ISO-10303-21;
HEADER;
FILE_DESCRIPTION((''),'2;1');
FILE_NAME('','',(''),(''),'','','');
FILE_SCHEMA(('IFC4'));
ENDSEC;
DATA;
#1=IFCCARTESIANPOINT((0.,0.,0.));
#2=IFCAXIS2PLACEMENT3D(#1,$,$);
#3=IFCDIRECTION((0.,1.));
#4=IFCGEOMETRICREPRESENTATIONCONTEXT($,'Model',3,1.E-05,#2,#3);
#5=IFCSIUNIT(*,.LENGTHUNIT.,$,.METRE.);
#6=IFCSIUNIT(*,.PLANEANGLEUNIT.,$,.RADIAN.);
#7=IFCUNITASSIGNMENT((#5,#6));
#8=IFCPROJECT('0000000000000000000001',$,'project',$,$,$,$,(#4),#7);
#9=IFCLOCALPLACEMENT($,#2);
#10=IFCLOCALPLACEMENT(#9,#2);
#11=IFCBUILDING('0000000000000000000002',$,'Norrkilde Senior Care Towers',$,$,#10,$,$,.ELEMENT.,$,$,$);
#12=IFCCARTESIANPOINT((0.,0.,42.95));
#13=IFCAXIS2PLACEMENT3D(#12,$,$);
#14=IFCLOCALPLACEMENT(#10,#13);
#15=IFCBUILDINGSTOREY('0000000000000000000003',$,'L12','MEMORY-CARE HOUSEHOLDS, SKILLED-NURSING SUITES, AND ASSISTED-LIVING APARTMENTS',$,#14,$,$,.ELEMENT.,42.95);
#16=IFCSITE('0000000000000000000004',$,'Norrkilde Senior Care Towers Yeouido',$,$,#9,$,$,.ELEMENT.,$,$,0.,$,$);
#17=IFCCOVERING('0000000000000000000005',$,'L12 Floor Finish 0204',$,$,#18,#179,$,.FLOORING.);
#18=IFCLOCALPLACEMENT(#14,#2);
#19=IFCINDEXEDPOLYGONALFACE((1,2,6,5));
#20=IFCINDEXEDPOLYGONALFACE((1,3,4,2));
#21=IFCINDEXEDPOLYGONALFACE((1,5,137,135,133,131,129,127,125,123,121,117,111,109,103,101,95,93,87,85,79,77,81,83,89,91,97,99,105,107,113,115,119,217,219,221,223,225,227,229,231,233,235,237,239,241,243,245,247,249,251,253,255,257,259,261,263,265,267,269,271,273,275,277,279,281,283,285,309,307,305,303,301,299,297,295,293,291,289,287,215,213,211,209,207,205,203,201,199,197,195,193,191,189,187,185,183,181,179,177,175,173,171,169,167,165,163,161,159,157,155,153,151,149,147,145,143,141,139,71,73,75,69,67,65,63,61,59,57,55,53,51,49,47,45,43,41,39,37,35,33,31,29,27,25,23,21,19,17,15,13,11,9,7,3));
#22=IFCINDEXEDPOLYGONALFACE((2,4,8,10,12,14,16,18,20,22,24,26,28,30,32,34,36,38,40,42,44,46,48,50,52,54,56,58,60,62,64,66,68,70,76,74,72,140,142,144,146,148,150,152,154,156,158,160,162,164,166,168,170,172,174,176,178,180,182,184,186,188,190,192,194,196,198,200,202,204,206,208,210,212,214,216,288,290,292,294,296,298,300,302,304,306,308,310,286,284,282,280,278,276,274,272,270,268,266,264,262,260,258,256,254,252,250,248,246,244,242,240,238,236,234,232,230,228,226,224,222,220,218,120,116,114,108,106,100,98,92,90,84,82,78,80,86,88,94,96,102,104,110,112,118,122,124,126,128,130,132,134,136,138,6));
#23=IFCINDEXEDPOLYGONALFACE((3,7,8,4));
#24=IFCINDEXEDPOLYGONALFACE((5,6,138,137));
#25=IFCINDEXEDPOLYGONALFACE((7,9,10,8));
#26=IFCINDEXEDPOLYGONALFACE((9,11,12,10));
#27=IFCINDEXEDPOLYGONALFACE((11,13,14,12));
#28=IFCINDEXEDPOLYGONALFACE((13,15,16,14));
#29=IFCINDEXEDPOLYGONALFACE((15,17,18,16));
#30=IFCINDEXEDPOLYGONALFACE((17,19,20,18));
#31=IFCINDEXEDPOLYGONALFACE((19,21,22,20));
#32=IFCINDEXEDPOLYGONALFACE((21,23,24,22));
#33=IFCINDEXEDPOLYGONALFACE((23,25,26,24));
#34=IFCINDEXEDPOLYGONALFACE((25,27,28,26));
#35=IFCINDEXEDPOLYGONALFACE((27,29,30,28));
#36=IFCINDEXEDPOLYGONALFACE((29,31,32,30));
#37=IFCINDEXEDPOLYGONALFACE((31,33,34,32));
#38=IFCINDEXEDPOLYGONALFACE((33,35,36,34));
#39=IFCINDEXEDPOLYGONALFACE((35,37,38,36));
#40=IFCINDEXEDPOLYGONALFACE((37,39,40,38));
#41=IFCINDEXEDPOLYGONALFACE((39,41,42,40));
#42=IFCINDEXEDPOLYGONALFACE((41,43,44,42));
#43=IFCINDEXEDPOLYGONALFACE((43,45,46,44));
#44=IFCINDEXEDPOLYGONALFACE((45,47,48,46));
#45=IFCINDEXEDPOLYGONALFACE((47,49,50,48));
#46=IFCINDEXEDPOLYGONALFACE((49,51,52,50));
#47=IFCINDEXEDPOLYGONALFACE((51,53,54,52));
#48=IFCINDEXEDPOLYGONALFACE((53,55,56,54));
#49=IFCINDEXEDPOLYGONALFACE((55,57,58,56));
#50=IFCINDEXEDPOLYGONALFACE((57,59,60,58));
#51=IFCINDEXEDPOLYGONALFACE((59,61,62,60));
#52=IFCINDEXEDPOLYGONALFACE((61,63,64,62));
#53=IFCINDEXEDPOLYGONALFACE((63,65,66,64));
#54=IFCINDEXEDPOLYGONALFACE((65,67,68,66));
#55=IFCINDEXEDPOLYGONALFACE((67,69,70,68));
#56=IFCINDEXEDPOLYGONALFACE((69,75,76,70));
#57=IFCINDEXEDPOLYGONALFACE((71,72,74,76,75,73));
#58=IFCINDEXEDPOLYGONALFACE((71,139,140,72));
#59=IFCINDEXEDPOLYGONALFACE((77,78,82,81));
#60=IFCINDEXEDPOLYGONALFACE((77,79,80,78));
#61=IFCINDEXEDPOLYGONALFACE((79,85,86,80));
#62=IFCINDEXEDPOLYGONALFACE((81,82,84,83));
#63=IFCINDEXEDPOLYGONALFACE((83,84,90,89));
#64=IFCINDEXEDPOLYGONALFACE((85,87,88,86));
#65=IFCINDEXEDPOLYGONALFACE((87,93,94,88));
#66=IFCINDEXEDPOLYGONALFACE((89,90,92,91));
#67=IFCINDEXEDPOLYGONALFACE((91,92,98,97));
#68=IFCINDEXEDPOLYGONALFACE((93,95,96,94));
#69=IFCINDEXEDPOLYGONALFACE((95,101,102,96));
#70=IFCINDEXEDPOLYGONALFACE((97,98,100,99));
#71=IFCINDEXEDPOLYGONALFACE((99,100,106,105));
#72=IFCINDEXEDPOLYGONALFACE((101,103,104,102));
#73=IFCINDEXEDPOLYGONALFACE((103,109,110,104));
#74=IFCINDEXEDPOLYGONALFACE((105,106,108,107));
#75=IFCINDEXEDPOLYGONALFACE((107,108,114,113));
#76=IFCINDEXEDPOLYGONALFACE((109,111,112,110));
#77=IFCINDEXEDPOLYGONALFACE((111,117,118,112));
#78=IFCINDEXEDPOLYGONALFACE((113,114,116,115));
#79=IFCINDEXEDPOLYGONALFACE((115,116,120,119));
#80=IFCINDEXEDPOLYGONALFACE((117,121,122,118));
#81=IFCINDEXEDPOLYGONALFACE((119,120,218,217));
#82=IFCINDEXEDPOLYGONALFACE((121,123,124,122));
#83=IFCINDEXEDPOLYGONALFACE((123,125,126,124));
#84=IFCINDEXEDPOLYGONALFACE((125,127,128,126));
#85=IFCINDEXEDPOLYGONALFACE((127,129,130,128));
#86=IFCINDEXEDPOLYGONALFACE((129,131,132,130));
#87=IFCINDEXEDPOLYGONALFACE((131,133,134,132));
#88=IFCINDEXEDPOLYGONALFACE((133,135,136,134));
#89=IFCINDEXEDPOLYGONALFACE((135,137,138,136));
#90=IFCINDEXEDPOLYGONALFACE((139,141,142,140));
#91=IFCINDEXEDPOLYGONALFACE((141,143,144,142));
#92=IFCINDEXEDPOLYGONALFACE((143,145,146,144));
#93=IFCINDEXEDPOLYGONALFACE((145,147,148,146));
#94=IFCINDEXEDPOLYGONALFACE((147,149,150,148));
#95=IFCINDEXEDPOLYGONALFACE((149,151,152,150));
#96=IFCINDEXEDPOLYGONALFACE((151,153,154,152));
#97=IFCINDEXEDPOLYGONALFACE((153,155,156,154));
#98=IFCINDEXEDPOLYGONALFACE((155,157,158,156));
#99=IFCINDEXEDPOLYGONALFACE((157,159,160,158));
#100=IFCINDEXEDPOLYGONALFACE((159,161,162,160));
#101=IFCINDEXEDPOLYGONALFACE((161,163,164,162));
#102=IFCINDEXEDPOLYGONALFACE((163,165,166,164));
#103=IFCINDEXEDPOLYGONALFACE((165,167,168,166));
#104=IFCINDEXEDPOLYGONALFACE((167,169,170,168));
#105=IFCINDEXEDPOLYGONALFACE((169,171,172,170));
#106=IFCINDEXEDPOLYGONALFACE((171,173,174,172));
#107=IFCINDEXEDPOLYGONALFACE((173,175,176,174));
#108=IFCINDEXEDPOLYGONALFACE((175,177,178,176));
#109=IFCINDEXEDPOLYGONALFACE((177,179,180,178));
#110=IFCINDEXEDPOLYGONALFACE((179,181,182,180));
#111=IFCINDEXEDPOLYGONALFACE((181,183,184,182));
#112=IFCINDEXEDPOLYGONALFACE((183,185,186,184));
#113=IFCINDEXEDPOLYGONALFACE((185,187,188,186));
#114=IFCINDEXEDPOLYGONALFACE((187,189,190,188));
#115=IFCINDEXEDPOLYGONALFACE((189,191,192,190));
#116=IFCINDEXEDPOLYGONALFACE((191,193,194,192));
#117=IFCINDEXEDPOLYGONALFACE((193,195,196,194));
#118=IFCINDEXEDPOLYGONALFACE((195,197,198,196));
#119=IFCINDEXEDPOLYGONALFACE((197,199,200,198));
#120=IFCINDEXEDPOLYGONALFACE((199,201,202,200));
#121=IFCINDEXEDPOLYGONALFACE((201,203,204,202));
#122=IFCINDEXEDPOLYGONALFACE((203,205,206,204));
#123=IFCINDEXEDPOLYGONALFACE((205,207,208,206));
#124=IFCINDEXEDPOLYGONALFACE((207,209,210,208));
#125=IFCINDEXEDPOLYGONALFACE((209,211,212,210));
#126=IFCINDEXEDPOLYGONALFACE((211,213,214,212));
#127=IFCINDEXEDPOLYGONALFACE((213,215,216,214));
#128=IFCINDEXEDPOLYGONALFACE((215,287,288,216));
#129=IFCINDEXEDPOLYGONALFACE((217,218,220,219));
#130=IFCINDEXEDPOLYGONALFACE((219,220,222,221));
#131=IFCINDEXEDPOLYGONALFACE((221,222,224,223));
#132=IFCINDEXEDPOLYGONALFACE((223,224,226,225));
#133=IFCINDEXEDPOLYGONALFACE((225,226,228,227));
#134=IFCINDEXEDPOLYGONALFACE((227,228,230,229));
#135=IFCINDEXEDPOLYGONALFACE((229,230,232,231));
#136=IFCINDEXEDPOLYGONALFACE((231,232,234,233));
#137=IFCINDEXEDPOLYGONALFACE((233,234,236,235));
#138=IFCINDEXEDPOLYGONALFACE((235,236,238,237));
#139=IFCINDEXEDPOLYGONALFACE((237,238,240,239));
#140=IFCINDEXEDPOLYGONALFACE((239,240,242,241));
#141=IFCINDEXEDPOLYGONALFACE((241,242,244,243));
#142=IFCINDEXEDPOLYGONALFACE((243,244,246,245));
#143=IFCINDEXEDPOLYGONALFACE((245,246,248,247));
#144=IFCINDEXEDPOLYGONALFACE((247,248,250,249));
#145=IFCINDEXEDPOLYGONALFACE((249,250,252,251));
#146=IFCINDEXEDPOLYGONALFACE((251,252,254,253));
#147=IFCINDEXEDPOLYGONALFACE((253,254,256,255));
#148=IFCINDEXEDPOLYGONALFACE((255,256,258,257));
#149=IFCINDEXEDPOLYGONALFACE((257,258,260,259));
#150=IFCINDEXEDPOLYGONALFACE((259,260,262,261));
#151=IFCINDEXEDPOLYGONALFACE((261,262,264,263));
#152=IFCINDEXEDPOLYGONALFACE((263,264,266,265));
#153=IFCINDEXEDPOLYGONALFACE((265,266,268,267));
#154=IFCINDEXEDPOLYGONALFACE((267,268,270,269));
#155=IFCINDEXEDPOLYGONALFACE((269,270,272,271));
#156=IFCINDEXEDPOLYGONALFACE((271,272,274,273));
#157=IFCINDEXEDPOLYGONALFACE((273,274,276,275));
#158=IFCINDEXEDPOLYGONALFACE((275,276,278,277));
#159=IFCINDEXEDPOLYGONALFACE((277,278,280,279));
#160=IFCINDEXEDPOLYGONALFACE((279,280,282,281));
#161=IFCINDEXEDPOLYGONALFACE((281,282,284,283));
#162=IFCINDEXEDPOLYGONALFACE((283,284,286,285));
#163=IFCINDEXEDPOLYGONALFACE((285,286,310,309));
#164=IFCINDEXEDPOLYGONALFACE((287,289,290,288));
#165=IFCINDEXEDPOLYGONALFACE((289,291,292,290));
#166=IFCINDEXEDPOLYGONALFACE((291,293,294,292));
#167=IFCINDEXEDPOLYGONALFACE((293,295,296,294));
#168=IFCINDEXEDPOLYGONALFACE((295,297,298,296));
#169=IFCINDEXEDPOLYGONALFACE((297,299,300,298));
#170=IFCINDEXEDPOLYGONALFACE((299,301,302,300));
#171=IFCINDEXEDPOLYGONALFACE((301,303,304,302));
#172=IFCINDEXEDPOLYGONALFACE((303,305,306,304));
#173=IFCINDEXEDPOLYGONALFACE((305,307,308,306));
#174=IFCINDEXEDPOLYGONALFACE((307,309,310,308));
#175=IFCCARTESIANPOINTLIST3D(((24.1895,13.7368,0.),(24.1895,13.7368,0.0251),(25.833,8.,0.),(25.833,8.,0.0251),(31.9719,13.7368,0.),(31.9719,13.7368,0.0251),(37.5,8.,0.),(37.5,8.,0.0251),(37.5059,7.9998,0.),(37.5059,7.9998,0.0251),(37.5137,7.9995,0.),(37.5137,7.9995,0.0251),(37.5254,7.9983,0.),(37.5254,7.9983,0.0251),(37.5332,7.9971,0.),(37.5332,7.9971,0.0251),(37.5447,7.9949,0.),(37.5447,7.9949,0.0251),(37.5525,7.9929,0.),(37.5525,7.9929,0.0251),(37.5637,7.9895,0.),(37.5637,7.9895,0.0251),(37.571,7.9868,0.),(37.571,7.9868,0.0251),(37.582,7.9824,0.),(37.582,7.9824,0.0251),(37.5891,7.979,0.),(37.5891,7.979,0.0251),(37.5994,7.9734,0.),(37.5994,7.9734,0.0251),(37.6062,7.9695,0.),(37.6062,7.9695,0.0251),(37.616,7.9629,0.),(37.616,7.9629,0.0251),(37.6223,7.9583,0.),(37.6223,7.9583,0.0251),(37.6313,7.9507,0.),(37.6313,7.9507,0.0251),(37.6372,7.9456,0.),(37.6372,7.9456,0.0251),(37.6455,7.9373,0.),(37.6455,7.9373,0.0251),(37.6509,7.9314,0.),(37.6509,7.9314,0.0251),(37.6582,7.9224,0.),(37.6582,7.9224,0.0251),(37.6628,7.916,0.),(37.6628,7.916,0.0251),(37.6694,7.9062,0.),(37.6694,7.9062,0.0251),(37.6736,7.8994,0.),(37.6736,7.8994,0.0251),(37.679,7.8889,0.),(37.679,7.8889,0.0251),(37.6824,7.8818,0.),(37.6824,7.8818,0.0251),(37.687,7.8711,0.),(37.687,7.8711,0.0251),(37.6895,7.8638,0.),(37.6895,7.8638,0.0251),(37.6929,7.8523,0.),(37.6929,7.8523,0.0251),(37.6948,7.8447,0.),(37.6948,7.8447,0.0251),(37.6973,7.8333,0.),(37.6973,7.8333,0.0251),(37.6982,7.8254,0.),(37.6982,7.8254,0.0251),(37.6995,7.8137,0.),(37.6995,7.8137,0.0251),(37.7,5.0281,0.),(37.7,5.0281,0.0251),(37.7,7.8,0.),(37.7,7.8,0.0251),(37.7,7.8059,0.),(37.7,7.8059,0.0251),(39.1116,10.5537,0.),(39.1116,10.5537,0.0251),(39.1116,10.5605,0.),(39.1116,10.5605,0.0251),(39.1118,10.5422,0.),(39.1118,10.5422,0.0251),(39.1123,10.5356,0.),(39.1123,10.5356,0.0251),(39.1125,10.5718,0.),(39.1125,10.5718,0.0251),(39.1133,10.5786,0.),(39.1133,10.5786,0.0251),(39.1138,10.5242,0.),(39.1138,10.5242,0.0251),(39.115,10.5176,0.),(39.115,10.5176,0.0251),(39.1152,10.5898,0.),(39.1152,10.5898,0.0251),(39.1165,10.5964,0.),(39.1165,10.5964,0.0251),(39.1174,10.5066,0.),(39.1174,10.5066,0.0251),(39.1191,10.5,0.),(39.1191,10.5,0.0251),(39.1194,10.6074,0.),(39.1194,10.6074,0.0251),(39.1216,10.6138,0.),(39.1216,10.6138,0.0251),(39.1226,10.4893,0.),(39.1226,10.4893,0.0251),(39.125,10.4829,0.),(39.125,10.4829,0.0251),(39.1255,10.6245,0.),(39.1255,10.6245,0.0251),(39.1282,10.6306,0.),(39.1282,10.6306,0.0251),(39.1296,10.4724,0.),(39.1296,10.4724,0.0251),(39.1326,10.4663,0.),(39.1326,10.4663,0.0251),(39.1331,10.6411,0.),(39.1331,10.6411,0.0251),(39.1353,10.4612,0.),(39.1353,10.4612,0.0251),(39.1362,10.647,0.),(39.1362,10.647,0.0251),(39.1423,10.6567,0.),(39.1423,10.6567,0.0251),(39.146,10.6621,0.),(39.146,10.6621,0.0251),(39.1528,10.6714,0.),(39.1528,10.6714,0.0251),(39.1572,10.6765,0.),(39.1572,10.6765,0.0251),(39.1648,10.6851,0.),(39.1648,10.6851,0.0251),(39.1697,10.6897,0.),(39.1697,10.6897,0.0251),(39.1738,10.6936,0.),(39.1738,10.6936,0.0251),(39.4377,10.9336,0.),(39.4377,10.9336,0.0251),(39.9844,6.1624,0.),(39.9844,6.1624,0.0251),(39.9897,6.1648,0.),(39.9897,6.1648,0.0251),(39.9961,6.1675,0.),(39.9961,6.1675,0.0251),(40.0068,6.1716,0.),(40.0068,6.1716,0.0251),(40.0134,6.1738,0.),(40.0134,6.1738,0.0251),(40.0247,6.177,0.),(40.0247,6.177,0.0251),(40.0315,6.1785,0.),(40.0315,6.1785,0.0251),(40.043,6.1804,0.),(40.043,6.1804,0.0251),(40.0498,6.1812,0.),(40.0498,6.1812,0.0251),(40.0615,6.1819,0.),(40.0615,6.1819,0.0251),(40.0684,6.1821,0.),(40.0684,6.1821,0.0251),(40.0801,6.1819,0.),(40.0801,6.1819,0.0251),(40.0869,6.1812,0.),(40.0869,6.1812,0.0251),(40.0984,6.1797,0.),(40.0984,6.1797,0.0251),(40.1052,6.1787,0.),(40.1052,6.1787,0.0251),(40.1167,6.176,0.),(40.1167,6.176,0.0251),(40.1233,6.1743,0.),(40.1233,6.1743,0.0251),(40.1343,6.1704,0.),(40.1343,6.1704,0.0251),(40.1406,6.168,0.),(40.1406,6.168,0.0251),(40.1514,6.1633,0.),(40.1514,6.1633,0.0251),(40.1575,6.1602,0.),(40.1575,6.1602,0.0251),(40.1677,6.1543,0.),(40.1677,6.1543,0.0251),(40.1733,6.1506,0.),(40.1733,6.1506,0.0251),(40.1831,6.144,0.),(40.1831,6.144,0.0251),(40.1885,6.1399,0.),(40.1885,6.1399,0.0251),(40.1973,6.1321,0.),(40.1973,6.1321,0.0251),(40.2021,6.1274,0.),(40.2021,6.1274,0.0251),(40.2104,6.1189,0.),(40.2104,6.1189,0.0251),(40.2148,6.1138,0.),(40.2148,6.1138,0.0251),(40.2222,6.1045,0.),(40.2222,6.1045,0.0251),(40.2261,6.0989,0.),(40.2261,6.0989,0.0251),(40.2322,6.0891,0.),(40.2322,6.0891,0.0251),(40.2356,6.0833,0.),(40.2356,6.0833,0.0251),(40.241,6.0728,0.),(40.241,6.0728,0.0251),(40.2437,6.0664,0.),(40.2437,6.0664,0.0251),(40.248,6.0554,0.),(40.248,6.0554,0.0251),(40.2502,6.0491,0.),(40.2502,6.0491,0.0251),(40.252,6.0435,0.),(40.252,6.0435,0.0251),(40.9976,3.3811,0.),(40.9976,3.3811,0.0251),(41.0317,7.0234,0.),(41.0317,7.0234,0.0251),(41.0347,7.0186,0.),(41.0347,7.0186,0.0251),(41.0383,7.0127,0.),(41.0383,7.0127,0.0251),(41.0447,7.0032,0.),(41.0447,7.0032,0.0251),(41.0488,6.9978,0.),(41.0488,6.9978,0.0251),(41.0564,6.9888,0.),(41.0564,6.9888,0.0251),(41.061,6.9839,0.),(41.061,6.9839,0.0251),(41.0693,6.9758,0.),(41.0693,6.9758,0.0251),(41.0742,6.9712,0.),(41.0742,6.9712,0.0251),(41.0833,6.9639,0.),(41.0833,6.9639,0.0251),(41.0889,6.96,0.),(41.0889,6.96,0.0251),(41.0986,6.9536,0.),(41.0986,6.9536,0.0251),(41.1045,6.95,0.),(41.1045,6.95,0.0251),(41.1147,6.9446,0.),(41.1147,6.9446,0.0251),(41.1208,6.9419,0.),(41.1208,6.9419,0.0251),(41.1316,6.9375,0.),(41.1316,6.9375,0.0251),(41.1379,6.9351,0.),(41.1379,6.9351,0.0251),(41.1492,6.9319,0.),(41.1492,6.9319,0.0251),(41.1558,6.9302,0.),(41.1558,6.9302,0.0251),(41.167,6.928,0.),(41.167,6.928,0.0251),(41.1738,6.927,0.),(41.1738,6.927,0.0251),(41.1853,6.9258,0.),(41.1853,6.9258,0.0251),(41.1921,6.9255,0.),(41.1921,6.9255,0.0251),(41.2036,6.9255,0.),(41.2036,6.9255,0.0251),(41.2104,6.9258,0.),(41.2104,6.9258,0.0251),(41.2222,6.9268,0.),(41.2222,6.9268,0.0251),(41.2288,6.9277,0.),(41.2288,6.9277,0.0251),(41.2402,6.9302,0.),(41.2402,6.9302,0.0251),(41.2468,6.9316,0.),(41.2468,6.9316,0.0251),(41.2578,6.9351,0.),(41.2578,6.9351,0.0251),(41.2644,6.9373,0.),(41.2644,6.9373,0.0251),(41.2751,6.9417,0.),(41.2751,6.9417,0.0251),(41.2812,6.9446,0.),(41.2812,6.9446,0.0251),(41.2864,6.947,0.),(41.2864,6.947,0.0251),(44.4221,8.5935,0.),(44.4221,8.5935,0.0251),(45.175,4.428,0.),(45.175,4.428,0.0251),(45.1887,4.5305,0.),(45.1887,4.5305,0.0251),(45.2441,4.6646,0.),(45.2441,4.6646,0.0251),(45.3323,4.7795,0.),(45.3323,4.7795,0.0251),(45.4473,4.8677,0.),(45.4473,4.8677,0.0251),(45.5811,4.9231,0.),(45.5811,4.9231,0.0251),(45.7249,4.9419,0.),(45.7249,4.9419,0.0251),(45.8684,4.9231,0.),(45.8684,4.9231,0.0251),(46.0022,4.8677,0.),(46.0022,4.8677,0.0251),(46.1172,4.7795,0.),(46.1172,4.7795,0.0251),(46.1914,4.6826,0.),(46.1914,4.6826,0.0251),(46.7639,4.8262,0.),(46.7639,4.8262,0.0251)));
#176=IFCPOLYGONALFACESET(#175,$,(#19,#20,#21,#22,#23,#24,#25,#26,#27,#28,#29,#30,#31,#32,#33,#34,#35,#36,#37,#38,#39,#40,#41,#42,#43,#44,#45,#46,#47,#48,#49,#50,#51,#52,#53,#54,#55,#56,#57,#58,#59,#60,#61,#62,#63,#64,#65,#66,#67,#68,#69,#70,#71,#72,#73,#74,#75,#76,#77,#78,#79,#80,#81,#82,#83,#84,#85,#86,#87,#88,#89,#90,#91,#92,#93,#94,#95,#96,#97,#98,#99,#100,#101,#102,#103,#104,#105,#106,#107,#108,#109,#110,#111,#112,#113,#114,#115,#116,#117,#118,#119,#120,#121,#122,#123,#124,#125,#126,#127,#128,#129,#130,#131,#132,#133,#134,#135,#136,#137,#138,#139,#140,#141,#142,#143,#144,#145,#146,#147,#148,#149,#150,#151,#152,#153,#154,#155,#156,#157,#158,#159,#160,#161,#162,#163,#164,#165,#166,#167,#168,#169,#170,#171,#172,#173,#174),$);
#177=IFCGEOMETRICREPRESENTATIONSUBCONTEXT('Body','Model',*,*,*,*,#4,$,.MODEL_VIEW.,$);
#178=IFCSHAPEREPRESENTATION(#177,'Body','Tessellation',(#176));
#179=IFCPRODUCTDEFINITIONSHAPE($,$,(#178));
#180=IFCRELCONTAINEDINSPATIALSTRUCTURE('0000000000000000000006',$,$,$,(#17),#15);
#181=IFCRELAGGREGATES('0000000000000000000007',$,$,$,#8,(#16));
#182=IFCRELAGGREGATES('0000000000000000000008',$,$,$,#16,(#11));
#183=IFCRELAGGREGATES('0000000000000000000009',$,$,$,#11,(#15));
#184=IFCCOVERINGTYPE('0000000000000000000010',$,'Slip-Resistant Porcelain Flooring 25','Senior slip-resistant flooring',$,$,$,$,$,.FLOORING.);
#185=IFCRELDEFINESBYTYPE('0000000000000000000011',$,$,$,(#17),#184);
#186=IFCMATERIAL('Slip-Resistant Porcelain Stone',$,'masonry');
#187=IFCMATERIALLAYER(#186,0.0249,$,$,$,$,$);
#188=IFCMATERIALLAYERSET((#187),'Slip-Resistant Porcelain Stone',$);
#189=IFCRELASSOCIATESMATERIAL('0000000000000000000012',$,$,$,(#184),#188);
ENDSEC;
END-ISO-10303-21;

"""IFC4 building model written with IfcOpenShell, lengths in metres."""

from ifc_helpers import new_model, si_unit, direction, frame, origin, place, context, subcontext, project, spatial, polyline, outline, extrude, material, layer, layer_set, type_object, element, save


model = new_model("IFC4")

# Units and contexts
model_context = context("Model", 3, precision=1e-05, world=origin(), true_north=direction((0.0, 1.0)))
body_context = subcontext(model_context, "Body", "Model", "MODEL_VIEW")
ifc_project = project(units=[si_unit("LENGTHUNIT", "METRE"), si_unit("PLANEANGLEUNIT", "RADIAN")], contexts=[model_context])

# Site, building, storey
site_placement = place(None, origin())
site = spatial("IfcSite", under=ifc_project, at=site_placement, Name="Norrkilde Senior Care Towers Yeouido", CompositionType="ELEMENT", RefElevation=0.0)
building_placement = place(site_placement, origin())
building = spatial("IfcBuilding", under=site, at=building_placement, Name="Norrkilde Senior Care Towers", CompositionType="ELEMENT")
storey_placement = place(building_placement, frame((0.0, 0.0, 42.95)))
storey = spatial("IfcBuildingStorey", under=building, at=storey_placement, Name="L12", Description="MEMORY-CARE HOUSEHOLDS, SKILLED-NURSING SUITES, AND ASSISTED-LIVING APARTMENTS", CompositionType="ELEMENT", Elevation=42.95)

# Covering
ifc_material_1 = material(Name="Slip-Resistant Porcelain Stone", Category="masonry")
ifc_layer_1 = layer(ifc_material_1, 0.0249)
ifc_layer_set_1 = layer_set([ifc_layer_1], Name="Slip-Resistant Porcelain Stone")
covering_type_1 = type_object("IfcCoveringType", Name="Slip-Resistant Porcelain Flooring 25", Description="Senior slip-resistant flooring", PredefinedType="FLOORING", material=ifc_layer_set_1)
covering_1_placement = place(storey_placement, origin())
element("IfcCovering", 1, at=covering_1_placement, inside=storey, type_object=covering_type_1, Name="L12 Floor Finish 0204", PredefinedType="FLOORING", context=body_context, shape_type="SweptSolid", body=[
    extrude(outline(polyline([(39.1528, 10.6714), (39.146, 10.6621), (39.1423, 10.6567), (39.1362, 10.647), (39.1331, 10.6411), (39.1282, 10.6306), (39.1255, 10.6245), (39.1216, 10.6138), (39.1194, 10.6074), (39.1165, 10.5964), (39.1152, 10.5898), (39.1133, 10.5786), (39.1125, 10.5718), (39.1116, 10.5605), (39.1116, 10.5537), (39.1118, 10.5422), (39.1123, 10.5356), (39.1138, 10.5242), (39.115, 10.5176), (39.1174, 10.5066), (39.1191, 10.5), (39.1226, 10.4893), (39.125, 10.4829), (39.1296, 10.4724), (39.1326, 10.4663), (39.1353, 10.4612), (41.0317, 7.0234), (41.0347, 7.0186), (41.0383, 7.0127), (41.0447, 7.0032), (41.0488, 6.9978), (41.0564, 6.9888), (41.061, 6.9839), (41.0693, 6.9758), (41.0742, 6.9712), (41.0833, 6.9639), (41.0889, 6.96), (41.0986, 6.9536), (41.1045, 6.95), (41.1147, 6.9446), (41.1208, 6.9419), (41.1316, 6.9375), (41.1379, 6.9351), (41.1492, 6.9319), (41.1558, 6.9302), (41.167, 6.928), (41.1738, 6.927), (41.1853, 6.9258), (41.1921, 6.9255), (41.2036, 6.9255), (41.2104, 6.9258), (41.2222, 6.9268), (41.2288, 6.9277), (41.2402, 6.9302), (41.2468, 6.9316), (41.2578, 6.9351), (41.2644, 6.9373), (41.2751, 6.9417), (41.2812, 6.9446), (41.2864, 6.947), (44.4221, 8.5935), (46.7639, 4.8262), (46.1914, 4.6826), (46.1172, 4.7795), (46.0022, 4.8677), (45.8684, 4.9231), (45.7249, 4.9419), (45.5811, 4.9231), (45.4473, 4.8677), (45.3323, 4.7795), (45.2441, 4.6646), (45.1887, 4.5305), (45.175, 4.428), (40.9976, 3.3811), (40.252, 6.0435), (40.2502, 6.0491), (40.248, 6.0554), (40.2437, 6.0664), (40.241, 6.0728), (40.2356, 6.0833), (40.2322, 6.0891), (40.2261, 6.0989), (40.2222, 6.1045), (40.2148, 6.1138), (40.2104, 6.1189), (40.2021, 6.1274), (40.1973, 6.1321), (40.1885, 6.1399), (40.1831, 6.144), (40.1733, 6.1506), (40.1677, 6.1543), (40.1575, 6.1602), (40.1514, 6.1633), (40.1406, 6.168), (40.1343, 6.1704), (40.1233, 6.1743), (40.1167, 6.176), (40.1052, 6.1787), (40.0984, 6.1797), (40.0869, 6.1812), (40.0801, 6.1819), (40.0684, 6.1821), (40.0615, 6.1819), (40.0498, 6.1812), (40.043, 6.1804), (40.0315, 6.1785), (40.0247, 6.177), (40.0134, 6.1738), (40.0068, 6.1716), (39.9961, 6.1675), (39.9897, 6.1648), (39.9844, 6.1624), (37.7, 5.0281), (37.7, 7.8), (37.7, 7.8059), (37.6995, 7.8137), (37.6982, 7.8254), (37.6973, 7.8333), (37.6948, 7.8447), (37.6929, 7.8523), (37.6895, 7.8638), (37.687, 7.8711), (37.6824, 7.8818), (37.679, 7.8889), (37.6736, 7.8994), (37.6694, 7.9062), (37.6628, 7.916), (37.6582, 7.9224), (37.6509, 7.9314), (37.6455, 7.9373), (37.6372, 7.9456), (37.6313, 7.9507), (37.6223, 7.9583), (37.616, 7.9629), (37.6062, 7.9695), (37.5994, 7.9734), (37.5891, 7.979), (37.582, 7.9824), (37.571, 7.9868), (37.5637, 7.9895), (37.5525, 7.9929), (37.5447, 7.9949), (37.5332, 7.9971), (37.5254, 7.9983), (37.5137, 7.9995), (37.5059, 7.9998), (37.5, 8.0), (25.833, 8.0), (24.1895, 13.7368), (31.9719, 13.7368), (39.4377, 10.9336), (39.1738, 10.6936), (39.1697, 10.6897), (39.1648, 10.6851), (39.1572, 10.6765), (39.1528, 10.6714)])), origin(), (0.0, 0.0, 1.0), 0.0251),
])

save(model, "model.ifc")
